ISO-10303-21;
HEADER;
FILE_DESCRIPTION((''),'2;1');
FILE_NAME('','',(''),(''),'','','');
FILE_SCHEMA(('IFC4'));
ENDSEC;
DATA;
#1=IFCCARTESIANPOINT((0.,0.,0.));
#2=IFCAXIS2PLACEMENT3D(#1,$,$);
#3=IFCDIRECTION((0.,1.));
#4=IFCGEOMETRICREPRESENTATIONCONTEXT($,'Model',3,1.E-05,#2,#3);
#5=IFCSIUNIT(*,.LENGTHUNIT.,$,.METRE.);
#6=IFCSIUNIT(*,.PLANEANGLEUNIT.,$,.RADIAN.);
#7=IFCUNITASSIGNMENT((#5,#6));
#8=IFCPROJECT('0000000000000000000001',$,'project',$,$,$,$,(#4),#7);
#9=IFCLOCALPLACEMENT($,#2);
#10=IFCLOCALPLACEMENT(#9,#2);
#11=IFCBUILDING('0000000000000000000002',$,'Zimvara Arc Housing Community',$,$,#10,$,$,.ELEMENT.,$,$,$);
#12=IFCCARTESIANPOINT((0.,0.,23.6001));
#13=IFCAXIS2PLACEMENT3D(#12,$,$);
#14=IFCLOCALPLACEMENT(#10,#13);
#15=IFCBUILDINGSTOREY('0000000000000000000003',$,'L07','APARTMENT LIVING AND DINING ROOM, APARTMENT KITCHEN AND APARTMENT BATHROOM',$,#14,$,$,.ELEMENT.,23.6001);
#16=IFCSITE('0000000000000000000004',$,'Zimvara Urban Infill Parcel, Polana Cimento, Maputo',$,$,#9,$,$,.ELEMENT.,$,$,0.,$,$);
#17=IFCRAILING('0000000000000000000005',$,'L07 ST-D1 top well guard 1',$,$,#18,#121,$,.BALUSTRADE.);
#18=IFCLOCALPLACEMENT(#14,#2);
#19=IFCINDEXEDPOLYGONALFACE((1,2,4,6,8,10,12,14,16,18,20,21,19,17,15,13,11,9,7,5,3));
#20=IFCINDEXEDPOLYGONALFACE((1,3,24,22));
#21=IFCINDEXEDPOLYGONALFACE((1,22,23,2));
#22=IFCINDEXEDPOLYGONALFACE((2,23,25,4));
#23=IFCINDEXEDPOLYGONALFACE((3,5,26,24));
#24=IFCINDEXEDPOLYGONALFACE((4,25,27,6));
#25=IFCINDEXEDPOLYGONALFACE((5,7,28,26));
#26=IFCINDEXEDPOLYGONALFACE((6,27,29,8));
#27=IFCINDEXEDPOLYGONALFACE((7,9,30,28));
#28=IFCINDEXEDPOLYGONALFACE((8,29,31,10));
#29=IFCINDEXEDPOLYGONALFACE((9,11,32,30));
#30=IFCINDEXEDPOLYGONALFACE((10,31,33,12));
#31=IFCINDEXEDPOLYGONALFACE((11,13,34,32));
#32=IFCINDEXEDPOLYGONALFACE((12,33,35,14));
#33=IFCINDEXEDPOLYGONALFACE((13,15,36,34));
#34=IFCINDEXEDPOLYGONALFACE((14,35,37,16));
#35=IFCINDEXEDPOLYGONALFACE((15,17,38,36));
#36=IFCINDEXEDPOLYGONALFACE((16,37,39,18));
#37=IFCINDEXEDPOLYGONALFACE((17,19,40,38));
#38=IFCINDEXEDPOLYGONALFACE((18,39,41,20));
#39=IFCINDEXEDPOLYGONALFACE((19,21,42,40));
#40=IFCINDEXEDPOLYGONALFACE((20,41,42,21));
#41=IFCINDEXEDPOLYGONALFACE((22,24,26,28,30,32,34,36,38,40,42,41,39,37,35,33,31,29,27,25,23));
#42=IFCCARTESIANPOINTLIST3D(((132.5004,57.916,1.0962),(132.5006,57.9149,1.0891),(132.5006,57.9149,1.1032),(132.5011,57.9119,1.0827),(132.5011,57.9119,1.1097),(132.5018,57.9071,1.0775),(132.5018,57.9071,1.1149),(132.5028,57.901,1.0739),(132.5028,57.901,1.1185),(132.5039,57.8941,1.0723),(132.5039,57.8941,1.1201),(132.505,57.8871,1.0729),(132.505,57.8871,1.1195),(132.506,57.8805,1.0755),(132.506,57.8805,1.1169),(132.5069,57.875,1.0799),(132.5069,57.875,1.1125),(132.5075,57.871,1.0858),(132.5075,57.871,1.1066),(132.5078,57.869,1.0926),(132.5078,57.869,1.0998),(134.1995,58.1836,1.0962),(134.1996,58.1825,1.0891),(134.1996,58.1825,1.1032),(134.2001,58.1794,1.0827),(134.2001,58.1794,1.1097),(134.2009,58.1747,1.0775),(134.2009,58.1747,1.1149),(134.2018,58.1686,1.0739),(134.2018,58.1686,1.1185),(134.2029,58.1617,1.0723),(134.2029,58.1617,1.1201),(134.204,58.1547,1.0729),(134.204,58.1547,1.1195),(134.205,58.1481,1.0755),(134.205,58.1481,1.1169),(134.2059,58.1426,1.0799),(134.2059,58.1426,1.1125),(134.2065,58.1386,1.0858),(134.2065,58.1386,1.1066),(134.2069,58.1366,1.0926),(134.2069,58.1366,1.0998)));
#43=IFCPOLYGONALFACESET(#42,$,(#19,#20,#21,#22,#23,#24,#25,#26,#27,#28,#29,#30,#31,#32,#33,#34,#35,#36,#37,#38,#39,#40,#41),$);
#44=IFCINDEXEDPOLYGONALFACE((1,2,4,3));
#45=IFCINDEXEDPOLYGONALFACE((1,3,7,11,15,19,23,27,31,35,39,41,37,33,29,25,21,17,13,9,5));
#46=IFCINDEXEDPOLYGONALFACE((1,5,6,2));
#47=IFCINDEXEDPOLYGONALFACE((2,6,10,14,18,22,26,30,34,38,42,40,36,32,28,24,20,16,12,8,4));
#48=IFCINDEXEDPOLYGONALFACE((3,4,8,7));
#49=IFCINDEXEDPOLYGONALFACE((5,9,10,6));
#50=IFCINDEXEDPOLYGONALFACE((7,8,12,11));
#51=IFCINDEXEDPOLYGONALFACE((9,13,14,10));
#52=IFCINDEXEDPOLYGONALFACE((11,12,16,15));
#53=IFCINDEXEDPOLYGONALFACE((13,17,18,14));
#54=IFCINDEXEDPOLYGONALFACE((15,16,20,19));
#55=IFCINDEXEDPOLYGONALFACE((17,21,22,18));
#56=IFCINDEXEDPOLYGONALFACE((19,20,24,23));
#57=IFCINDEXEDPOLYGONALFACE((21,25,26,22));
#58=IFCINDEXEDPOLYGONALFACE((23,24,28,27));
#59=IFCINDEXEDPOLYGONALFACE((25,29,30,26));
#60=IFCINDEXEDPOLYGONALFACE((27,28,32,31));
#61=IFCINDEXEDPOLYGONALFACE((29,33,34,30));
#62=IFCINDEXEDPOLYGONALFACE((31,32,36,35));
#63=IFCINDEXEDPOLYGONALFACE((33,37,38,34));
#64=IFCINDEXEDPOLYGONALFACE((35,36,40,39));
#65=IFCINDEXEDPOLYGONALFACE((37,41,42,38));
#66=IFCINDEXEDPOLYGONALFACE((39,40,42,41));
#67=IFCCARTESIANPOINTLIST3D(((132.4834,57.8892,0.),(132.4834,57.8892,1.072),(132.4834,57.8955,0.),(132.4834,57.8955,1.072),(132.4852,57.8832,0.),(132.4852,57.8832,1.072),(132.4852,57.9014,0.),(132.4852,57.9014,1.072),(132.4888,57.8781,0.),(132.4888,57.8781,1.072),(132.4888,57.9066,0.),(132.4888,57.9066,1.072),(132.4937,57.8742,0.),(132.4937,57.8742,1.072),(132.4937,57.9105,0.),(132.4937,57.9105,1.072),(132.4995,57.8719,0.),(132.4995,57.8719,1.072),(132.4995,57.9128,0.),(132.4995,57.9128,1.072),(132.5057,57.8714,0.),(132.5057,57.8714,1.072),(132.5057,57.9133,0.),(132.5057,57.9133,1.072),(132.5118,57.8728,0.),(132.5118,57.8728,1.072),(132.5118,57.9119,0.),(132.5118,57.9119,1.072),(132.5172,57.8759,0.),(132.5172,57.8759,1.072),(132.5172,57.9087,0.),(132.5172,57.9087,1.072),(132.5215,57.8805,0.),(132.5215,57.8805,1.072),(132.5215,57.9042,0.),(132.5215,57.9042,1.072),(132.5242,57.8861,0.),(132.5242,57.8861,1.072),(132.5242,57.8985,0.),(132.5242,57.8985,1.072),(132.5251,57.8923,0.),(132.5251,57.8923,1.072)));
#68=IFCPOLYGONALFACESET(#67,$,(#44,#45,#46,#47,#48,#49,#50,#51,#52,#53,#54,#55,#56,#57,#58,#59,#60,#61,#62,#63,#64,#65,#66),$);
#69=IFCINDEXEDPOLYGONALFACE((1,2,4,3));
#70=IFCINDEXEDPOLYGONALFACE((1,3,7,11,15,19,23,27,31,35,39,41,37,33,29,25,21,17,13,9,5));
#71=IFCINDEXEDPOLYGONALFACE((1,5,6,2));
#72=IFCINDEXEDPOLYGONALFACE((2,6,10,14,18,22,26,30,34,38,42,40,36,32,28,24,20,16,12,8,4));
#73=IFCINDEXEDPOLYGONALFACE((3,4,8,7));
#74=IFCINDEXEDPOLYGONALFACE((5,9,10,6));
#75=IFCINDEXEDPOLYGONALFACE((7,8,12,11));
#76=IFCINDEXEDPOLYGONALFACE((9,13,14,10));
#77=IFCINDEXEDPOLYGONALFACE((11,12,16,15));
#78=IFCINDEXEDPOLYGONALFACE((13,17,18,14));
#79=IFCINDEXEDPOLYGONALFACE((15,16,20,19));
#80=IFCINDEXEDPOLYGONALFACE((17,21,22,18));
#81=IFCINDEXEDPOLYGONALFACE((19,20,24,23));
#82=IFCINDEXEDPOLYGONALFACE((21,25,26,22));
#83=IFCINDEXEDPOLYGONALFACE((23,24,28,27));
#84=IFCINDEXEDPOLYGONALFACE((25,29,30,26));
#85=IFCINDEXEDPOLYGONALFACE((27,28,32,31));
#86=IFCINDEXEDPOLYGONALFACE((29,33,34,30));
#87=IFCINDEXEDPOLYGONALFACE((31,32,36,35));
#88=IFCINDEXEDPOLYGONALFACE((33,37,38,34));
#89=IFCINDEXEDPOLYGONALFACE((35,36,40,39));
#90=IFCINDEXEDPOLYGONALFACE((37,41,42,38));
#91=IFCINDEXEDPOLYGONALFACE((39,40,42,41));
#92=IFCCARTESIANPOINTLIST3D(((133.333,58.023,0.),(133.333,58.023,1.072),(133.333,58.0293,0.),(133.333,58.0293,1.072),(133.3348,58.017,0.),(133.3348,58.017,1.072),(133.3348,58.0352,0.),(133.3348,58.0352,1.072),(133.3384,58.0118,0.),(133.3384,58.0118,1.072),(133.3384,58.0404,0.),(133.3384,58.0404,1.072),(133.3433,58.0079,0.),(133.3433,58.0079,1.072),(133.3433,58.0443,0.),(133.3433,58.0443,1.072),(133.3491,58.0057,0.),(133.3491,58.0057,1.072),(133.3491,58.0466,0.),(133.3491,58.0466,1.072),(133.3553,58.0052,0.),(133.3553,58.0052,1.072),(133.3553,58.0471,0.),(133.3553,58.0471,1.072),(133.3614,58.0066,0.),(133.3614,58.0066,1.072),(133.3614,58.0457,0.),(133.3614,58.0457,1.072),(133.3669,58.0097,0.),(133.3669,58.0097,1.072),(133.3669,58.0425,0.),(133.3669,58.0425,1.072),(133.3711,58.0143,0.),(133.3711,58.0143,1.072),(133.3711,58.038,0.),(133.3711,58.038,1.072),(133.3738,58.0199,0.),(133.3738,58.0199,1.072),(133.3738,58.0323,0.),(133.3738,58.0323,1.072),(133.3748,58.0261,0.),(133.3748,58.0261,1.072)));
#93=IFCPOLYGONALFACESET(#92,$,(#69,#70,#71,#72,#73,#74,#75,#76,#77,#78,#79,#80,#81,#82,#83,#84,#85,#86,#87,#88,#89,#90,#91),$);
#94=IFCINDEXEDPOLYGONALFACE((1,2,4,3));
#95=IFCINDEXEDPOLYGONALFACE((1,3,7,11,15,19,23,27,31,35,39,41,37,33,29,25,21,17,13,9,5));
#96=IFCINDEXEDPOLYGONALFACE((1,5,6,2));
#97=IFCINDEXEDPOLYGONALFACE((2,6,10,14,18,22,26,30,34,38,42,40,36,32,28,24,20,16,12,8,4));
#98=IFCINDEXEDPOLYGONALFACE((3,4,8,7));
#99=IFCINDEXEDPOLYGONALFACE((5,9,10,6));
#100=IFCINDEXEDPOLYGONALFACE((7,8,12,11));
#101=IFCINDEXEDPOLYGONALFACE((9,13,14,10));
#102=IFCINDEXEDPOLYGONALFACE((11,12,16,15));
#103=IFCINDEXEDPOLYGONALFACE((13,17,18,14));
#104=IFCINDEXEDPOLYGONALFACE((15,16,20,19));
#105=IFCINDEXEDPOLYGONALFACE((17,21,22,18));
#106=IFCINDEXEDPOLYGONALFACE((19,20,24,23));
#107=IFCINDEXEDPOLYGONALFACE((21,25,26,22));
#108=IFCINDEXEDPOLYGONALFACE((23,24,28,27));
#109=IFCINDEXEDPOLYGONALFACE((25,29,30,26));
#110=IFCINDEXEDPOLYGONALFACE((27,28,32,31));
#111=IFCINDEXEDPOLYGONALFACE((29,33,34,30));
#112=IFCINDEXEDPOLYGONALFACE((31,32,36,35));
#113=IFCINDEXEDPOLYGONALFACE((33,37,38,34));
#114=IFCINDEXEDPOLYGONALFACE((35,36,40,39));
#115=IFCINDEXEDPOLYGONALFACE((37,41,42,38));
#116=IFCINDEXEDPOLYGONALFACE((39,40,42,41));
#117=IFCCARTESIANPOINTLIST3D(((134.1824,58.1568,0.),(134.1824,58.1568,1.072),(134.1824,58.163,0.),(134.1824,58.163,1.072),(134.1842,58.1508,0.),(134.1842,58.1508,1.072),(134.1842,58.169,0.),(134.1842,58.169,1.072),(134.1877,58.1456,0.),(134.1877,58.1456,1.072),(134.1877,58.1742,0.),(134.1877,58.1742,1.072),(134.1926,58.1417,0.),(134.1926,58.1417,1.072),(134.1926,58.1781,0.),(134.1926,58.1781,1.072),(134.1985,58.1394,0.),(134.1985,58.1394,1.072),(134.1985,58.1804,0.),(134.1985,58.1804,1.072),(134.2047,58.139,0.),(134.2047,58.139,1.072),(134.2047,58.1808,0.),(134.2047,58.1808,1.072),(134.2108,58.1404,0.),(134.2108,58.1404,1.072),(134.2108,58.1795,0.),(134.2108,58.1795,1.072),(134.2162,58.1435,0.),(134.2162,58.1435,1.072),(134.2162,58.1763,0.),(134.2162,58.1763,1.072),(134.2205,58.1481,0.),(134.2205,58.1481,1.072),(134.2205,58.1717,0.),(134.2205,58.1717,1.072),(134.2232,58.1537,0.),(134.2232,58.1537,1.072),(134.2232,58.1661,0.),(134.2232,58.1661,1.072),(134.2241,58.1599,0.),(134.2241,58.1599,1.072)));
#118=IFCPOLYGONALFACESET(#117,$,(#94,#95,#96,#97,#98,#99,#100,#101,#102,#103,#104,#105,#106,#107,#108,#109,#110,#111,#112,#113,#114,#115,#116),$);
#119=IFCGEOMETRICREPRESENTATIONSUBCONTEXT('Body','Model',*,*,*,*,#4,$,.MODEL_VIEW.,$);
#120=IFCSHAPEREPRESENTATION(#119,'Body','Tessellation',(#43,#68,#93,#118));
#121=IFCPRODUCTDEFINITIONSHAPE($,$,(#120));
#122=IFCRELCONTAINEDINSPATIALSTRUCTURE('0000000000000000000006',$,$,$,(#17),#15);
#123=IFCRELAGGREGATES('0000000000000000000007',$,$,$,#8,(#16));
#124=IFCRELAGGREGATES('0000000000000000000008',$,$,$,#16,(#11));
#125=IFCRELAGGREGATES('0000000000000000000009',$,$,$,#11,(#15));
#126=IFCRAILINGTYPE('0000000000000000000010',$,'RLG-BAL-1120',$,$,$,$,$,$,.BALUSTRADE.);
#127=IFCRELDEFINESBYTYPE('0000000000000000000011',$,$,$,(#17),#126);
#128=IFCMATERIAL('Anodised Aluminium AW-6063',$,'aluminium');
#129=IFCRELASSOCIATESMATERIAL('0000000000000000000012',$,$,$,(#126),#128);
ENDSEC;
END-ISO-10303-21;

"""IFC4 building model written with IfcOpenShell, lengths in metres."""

from ifc_helpers import new_model, si_unit, direction, frame, origin, origin_2d, place, context, subcontext, project, spatial, circle, extrude, material, type_object, element, save


model = new_model("IFC4")

# Units and contexts
model_context = context("Model", 3, precision=1e-05, world=origin(), true_north=direction((0.0, 1.0)))
body_context = subcontext(model_context, "Body", "Model", "MODEL_VIEW")
ifc_project = project(units=[si_unit("LENGTHUNIT", "METRE"), si_unit("PLANEANGLEUNIT", "RADIAN")], contexts=[model_context])

# Site, building, storey
site_placement = place(None, origin())
site = spatial("IfcSite", under=ifc_project, at=site_placement, Name="Zimvara Urban Infill Parcel, Polana Cimento, Maputo", CompositionType="ELEMENT", RefElevation=0.0)
building_placement = place(site_placement, origin())
building = spatial("IfcBuilding", under=site, at=building_placement, Name="Zimvara Arc Housing Community", CompositionType="ELEMENT")
storey_placement = place(building_placement, frame((0.0, 0.0, 23.6001)))
storey = spatial("IfcBuildingStorey", under=building, at=storey_placement, Name="L07", Description="APARTMENT LIVING AND DINING ROOM, APARTMENT KITCHEN AND APARTMENT BATHROOM", CompositionType="ELEMENT", Elevation=23.6001)

# Railing
ifc_material_1 = material(Name="Anodised Aluminium AW-6063", Category="aluminium")
railing_type = type_object("IfcRailingType", Name="RLG-BAL-1120", PredefinedType="BALUSTRADE", material=ifc_material_1)
railing_placement = place(storey_placement, frame((132.5042, 57.8923, 0.0)))
element("IfcRailing", 1, at=railing_placement, inside=storey, type_object=railing_type, Name="L07 ST-D1 top well guard 1", PredefinedType="BALUSTRADE", context=body_context, shape_type="SweptSolid", body=[
    extrude(circle(Radius=0.0239, at=origin_2d()), frame((0.0, 0.0, 1.0962), z_axis=(0.987824, 0.155576, 0.0), x_axis=(-0.155576, 0.987824, 0.0)), (0.0, 0.0, 1.0), 1.72),
    extrude(circle(Radius=0.021, at=origin_2d()), origin(), (0.0, 0.0, 1.0), 1.072),
    extrude(circle(Radius=0.021, at=origin_2d()), frame((0.8496, 0.1338, 0.0)), (0.0, 0.0, 1.0), 1.072),
    extrude(circle(Radius=0.021, at=origin_2d()), frame((1.699, 0.2676, 0.0)), (0.0, 0.0, 1.0), 1.072),
])

save(model, "model.ifc")
